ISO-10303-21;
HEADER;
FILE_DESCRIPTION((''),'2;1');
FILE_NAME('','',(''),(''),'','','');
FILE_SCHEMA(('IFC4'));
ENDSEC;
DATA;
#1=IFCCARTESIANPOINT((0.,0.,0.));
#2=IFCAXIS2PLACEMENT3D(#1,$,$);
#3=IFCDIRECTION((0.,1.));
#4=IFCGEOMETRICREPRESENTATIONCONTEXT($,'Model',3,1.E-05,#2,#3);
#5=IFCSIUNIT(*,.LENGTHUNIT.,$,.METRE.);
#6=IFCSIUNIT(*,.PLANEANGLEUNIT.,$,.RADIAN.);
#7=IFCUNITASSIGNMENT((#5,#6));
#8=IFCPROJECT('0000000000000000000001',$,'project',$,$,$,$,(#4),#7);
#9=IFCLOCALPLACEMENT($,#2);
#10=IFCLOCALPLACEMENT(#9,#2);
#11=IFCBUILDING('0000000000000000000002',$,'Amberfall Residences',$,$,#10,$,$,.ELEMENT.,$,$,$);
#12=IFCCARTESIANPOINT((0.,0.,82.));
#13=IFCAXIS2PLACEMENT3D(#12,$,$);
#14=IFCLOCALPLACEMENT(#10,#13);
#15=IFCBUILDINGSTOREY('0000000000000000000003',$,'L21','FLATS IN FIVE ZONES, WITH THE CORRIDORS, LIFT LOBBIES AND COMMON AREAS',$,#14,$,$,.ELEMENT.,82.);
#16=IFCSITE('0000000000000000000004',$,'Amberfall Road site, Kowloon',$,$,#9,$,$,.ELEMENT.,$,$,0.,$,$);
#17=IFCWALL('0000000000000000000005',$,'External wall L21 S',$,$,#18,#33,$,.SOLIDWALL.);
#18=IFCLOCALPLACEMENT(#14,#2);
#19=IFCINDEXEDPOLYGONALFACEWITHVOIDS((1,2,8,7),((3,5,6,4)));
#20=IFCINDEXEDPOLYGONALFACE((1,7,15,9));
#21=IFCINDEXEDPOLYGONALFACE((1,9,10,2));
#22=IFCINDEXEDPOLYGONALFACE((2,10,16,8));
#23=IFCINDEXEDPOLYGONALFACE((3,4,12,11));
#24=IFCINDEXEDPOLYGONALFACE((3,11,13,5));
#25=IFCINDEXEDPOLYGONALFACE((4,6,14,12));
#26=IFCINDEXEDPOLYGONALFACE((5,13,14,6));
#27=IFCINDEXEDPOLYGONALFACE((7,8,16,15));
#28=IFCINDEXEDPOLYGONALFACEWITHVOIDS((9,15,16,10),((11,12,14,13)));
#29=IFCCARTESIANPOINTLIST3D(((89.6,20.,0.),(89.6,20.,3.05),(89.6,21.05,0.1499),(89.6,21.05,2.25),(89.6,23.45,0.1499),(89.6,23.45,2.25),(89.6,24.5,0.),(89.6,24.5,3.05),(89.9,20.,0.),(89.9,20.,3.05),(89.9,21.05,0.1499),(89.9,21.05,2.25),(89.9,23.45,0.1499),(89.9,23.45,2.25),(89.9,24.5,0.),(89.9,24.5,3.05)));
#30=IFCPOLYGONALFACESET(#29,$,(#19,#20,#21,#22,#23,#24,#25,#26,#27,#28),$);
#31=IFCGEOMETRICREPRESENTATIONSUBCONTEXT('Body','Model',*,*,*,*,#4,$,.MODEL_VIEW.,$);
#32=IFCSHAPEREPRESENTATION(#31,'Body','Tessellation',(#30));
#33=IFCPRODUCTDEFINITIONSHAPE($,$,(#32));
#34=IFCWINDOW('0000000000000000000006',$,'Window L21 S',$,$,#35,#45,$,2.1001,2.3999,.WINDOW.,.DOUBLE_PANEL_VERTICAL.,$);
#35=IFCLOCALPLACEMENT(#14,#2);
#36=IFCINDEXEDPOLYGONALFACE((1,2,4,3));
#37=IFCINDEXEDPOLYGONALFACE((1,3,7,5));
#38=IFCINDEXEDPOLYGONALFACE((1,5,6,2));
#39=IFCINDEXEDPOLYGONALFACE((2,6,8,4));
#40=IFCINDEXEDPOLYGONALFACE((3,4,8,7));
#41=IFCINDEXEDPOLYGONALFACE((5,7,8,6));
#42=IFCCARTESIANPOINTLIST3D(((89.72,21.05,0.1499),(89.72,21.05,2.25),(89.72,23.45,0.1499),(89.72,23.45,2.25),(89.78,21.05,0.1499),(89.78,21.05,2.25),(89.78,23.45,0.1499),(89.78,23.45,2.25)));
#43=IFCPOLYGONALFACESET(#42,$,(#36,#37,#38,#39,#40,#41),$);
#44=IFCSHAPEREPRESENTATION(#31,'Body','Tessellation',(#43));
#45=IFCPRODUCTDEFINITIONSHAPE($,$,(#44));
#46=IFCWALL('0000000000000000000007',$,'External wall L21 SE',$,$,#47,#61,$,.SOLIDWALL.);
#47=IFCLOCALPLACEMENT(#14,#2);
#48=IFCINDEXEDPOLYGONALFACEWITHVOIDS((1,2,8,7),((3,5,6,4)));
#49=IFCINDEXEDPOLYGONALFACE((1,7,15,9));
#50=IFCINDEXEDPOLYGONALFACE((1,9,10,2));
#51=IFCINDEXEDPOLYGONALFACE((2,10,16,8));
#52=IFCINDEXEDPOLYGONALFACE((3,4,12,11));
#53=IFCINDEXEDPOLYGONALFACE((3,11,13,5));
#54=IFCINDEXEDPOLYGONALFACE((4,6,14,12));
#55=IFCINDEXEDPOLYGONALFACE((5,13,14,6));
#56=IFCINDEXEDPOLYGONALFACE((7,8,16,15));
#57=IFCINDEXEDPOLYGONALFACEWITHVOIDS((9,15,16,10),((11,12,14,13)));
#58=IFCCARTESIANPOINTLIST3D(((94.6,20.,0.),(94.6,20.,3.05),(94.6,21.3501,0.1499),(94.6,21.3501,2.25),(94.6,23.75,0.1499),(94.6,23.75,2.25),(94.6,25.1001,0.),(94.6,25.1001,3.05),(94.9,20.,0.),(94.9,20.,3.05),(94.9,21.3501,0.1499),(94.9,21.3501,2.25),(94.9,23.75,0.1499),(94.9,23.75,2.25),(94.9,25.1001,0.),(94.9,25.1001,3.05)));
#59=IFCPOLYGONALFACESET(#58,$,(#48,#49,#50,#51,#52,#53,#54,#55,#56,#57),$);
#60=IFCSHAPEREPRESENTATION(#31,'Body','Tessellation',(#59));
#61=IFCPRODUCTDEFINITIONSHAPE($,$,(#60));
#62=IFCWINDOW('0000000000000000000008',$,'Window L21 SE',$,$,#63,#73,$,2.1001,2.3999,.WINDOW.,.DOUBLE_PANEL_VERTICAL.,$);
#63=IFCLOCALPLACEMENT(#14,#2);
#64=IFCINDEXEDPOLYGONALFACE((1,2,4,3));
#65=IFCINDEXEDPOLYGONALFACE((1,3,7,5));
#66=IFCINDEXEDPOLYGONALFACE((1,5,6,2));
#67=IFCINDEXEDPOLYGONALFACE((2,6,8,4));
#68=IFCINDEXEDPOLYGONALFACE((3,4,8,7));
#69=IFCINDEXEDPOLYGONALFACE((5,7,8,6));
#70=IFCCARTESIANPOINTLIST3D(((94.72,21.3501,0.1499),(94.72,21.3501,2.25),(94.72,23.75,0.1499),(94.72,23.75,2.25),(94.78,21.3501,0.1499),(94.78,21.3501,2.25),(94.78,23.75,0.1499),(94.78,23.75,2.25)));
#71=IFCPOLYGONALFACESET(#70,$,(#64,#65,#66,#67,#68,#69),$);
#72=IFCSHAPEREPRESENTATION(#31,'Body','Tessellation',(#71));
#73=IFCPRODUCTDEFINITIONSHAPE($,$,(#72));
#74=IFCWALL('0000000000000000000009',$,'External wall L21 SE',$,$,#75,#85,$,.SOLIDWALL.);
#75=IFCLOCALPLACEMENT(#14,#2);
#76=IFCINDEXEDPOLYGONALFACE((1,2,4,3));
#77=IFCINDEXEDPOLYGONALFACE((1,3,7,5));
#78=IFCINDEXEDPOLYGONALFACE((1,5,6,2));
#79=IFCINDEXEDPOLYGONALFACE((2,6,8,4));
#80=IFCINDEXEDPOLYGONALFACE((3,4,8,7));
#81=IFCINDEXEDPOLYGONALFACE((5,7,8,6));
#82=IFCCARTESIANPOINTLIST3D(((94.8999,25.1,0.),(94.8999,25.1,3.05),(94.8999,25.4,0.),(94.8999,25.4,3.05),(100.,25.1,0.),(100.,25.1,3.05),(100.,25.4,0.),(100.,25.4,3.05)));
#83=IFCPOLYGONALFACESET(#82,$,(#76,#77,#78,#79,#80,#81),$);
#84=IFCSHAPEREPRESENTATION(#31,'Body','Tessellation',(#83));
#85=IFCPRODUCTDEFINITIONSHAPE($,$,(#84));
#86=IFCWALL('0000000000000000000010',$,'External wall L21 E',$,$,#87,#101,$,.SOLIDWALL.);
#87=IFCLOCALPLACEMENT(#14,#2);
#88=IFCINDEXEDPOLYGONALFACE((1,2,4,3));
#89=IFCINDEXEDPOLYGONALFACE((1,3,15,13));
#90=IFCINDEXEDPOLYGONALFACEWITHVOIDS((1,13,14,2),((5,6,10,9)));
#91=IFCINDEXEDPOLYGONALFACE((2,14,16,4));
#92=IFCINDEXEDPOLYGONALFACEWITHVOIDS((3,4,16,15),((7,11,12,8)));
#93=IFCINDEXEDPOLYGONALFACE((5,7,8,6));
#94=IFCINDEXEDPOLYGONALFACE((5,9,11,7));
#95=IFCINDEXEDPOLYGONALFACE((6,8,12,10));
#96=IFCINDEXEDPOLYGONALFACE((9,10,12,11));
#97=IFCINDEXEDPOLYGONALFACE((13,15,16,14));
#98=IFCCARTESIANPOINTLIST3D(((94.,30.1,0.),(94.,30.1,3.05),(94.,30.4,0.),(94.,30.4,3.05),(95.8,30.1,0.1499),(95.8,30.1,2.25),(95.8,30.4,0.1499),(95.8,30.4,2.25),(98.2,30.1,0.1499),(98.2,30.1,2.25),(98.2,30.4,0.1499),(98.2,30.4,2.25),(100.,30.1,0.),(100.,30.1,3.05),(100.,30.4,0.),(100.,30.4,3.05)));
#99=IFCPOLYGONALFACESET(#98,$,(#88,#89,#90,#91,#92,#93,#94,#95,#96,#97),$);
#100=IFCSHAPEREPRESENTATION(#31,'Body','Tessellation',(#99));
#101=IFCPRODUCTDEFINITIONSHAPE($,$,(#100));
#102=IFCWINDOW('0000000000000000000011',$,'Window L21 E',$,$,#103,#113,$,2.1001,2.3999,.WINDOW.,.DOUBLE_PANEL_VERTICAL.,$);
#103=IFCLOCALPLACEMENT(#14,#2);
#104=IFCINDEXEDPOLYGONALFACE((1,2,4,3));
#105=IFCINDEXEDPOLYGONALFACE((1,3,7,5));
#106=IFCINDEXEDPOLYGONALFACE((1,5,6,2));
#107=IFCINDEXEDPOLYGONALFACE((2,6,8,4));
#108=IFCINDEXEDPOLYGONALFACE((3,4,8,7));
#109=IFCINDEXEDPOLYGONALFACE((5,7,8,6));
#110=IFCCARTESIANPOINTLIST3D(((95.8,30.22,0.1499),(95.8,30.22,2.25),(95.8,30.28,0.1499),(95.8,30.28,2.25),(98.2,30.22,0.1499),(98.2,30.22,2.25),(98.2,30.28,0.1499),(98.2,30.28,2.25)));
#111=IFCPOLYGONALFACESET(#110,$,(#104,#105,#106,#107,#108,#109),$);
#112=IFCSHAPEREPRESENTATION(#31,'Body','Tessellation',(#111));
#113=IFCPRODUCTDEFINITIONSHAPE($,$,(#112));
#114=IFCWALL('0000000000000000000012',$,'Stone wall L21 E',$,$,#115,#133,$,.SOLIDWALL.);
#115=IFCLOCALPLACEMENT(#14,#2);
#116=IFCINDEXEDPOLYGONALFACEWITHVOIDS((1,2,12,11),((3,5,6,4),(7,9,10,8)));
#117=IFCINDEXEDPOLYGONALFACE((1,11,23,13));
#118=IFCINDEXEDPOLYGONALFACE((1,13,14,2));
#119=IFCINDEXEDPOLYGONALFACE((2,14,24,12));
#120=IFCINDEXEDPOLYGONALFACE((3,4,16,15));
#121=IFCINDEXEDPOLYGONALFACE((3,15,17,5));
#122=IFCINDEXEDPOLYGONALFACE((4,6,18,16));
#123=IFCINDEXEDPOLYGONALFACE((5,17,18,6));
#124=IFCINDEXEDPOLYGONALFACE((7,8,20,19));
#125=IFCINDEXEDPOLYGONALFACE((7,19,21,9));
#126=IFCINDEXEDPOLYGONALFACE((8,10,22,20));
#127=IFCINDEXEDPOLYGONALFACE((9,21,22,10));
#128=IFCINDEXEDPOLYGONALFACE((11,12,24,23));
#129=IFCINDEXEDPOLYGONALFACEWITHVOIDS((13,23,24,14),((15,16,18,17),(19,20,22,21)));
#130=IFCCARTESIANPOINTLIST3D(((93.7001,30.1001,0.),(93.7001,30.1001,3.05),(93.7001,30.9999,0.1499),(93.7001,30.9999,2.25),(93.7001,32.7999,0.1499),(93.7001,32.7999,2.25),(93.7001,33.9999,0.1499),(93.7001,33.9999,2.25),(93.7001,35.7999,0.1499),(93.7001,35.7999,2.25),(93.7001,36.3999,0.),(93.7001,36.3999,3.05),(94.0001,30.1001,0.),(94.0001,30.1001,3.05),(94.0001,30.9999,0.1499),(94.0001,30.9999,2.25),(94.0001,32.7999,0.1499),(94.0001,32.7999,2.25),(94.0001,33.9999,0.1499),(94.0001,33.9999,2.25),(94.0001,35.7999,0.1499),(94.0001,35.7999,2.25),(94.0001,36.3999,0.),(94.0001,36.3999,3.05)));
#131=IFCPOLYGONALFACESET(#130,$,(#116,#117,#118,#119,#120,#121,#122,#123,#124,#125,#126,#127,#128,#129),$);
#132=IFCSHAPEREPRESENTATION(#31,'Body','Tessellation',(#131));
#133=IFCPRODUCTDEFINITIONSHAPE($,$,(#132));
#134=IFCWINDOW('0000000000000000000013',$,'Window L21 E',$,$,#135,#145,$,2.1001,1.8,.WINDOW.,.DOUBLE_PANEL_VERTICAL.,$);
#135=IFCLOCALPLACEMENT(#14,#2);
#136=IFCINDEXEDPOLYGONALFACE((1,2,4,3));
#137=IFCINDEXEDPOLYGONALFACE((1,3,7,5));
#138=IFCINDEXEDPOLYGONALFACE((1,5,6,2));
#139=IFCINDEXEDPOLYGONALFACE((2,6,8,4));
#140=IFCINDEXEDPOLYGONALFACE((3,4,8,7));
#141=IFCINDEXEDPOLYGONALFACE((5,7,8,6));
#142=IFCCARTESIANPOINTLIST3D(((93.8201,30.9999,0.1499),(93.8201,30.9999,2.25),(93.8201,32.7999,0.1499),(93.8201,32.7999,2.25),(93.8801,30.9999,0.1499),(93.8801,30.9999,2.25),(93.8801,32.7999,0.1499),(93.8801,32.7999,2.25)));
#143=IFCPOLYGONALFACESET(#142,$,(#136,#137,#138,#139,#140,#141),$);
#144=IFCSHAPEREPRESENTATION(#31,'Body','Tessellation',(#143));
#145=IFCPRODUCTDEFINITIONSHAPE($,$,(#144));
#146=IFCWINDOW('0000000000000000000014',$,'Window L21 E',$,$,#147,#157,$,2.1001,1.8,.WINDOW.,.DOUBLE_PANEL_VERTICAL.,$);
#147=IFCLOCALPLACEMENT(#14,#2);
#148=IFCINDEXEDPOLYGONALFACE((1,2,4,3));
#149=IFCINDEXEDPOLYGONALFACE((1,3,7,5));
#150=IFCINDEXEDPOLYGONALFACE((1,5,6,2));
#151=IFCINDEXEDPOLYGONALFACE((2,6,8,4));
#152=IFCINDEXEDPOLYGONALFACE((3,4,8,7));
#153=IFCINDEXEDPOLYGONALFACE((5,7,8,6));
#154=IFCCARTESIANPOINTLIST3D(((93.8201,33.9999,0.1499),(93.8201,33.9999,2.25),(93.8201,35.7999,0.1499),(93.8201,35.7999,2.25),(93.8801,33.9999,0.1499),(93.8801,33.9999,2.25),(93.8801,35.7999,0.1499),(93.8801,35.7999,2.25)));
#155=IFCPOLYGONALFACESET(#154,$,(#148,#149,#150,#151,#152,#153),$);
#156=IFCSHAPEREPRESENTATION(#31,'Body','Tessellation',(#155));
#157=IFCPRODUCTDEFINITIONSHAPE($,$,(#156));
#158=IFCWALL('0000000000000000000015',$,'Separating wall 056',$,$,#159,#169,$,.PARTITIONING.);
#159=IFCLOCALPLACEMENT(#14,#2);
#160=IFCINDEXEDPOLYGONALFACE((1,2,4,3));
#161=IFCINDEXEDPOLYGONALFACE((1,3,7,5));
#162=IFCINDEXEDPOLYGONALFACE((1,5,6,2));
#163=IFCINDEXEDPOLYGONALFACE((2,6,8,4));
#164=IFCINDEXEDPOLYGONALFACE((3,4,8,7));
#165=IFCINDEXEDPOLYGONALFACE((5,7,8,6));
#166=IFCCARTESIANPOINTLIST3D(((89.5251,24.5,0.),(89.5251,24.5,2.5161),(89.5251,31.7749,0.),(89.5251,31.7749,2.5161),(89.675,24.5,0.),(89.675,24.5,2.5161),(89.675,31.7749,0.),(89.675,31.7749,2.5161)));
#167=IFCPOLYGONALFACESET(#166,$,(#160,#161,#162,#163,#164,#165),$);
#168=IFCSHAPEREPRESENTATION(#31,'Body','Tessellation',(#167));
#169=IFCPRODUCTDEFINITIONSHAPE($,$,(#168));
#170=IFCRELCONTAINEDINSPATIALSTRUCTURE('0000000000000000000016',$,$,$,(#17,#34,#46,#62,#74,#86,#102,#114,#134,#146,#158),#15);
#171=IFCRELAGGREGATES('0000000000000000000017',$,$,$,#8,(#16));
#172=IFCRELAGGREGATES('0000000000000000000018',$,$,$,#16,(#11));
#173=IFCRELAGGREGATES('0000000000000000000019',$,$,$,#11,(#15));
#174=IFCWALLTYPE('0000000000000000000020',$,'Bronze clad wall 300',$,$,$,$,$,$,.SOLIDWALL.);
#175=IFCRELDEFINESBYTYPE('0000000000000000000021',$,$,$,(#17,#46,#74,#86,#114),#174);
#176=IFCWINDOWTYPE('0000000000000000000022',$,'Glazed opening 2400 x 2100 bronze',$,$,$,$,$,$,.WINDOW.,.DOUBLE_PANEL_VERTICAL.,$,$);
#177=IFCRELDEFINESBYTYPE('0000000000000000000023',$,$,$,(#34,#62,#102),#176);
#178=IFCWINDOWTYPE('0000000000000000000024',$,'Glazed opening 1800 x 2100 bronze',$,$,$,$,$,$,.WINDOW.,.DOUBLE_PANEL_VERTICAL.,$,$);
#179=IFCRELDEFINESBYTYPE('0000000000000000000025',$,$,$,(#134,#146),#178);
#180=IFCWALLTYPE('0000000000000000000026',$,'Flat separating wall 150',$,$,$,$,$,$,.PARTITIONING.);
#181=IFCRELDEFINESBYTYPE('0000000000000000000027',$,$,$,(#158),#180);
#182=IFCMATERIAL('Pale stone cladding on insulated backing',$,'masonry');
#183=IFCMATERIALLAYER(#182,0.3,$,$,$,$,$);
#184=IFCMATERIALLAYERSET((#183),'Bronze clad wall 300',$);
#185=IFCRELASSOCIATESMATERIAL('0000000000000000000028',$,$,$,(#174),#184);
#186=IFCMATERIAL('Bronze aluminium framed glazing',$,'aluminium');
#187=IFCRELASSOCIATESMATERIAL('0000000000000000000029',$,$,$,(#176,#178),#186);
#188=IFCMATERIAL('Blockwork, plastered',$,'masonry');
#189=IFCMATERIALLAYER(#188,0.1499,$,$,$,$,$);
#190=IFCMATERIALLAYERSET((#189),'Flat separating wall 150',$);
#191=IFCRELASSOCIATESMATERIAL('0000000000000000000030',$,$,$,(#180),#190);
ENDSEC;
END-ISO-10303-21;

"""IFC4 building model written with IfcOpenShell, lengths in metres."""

from ifc_helpers import new_model, si_unit, direction, frame, frame_2d, origin, place, context, subcontext, project, spatial, rectangle, extrude, material, layer, layer_set, type_object, element, fill, save


model = new_model("IFC4")

# Units and contexts
model_context = context("Model", 3, precision=1e-05, world=origin(), true_north=direction((0.0, 1.0)))
body_context = subcontext(model_context, "Body", "Model", "MODEL_VIEW")
ifc_project = project(units=[si_unit("LENGTHUNIT", "METRE"), si_unit("PLANEANGLEUNIT", "RADIAN")], contexts=[model_context])

# Site, building, storey
site_placement = place(None, origin())
site = spatial("IfcSite", under=ifc_project, at=site_placement, Name="Amberfall Road site, Kowloon", CompositionType="ELEMENT", RefElevation=0.0)
building_placement = place(site_placement, origin())
building = spatial("IfcBuilding", under=site, at=building_placement, Name="Amberfall Residences", CompositionType="ELEMENT")
storey_placement = place(building_placement, frame((0.0, 0.0, 82.0)))
storey = spatial("IfcBuildingStorey", under=building, at=storey_placement, Name="L21", Description="FLATS IN FIVE ZONES, WITH THE CORRIDORS, LIFT LOBBIES AND COMMON AREAS", CompositionType="ELEMENT", Elevation=82.0)

# Walls, openings, windows
ifc_material_1 = material(Name="Pale stone cladding on insulated backing", Category="masonry")
ifc_layer_1 = layer(ifc_material_1, 0.3)
ifc_layer_set_1 = layer_set([ifc_layer_1], Name="Bronze clad wall 300")
wall_type_1 = type_object("IfcWallType", Name="Bronze clad wall 300", PredefinedType="SOLIDWALL", material=ifc_layer_set_1)
wall_1_placement = place(storey_placement, frame((89.75, 24.5, 0.0), z_axis=(0.0, 0.0, 1.0), x_axis=(0.0, -1.0, 0.0)))
wall_1 = element("IfcWall", 1, at=wall_1_placement, inside=storey, type_object=wall_type_1, Name="External wall L21 S", PredefinedType="SOLIDWALL", context=body_context, shape_type="SweptSolid", body=[
    extrude(rectangle(XDim=4.5, YDim=0.3, at=frame_2d((2.25, 0.0))), origin(), (0.0, 0.0, 1.0), 3.05),
])
opening_1_placement = place(wall_1_placement, frame((1.05, 0.0, 0.1499)))
opening_1 = element("IfcOpeningElement", 2, at=opening_1_placement, cuts=wall_1, PredefinedType="OPENING", context=body_context, shape_type="SweptSolid", body=[
    extrude(rectangle(XDim=2.3999, YDim=2.1001, at=frame_2d((1.2, 1.05))), frame((0.0, 0.1599, 0.0), z_axis=(0.0, -1.0, 0.0), x_axis=(1.0, 0.0, 0.0)), (0.0, 0.0, 1.0), 0.3201),
])
ifc_material_2 = material(Name="Bronze aluminium framed glazing", Category="aluminium")
window_type_1 = type_object("IfcWindowType", Name="Glazed opening 2400 x 2100 bronze", PartitioningType="DOUBLE_PANEL_VERTICAL", PredefinedType="WINDOW", material=ifc_material_2)
window_1_placement = place(opening_1_placement, origin())
window_1 = element("IfcWindow", 3, at=window_1_placement, inside=storey, type_object=window_type_1, Name="Window L21 S", OverallHeight=2.1001, OverallWidth=2.3999, PartitioningType="DOUBLE_PANEL_VERTICAL", PredefinedType="WINDOW", context=body_context, shape_type="SweptSolid", body=[
    extrude(rectangle(XDim=2.3999, YDim=2.1001, at=frame_2d((1.2, 1.05))), frame((0.0, 0.03, 0.0), z_axis=(0.0, -1.0, 0.0), x_axis=(1.0, 0.0, 0.0)), (0.0, 0.0, 1.0), 0.0601),
])
fill(opening_1, window_1)
wall_2_placement = place(storey_placement, frame((94.75, 20.0, 0.0), z_axis=(0.0, 0.0, 1.0), x_axis=(0.0, 1.0, 0.0)))
wall_2 = element("IfcWall", 4, at=wall_2_placement, inside=storey, type_object=wall_type_1, Name="External wall L21 SE", PredefinedType="SOLIDWALL", context=body_context, shape_type="SweptSolid", body=[
    extrude(rectangle(XDim=5.1001, YDim=0.3, at=frame_2d((2.55, 0.0))), origin(), (0.0, 0.0, 1.0), 3.05),
])
opening_2_placement = place(wall_2_placement, frame((1.3501, 0.0, 0.1499)))
opening_2 = element("IfcOpeningElement", 5, at=opening_2_placement, cuts=wall_2, PredefinedType="OPENING", context=body_context, shape_type="SweptSolid", body=[
    extrude(rectangle(XDim=2.3999, YDim=2.1001, at=frame_2d((1.2, 1.05))), frame((0.0, 0.1599, 0.0), z_axis=(0.0, -1.0, 0.0), x_axis=(1.0, 0.0, 0.0)), (0.0, 0.0, 1.0), 0.3201),
])
window_2_placement = place(opening_2_placement, origin())
window_2 = element("IfcWindow", 6, at=window_2_placement, inside=storey, type_object=window_type_1, Name="Window L21 SE", OverallHeight=2.1001, OverallWidth=2.3999, PartitioningType="DOUBLE_PANEL_VERTICAL", PredefinedType="WINDOW", context=body_context, shape_type="SweptSolid", body=[
    extrude(rectangle(XDim=2.3999, YDim=2.1001, at=frame_2d((1.2, 1.05))), frame((0.0, 0.03, 0.0), z_axis=(0.0, -1.0, 0.0), x_axis=(1.0, 0.0, 0.0)), (0.0, 0.0, 1.0), 0.0601),
])
fill(opening_2, window_2)

# Wall
wall_3_placement = place(storey_placement, frame((94.8999, 25.25, 0.0), z_axis=(0.0, 0.0, 1.0), x_axis=(1.0, 0.0, 0.0)))
element("IfcWall", 7, at=wall_3_placement, inside=storey, type_object=wall_type_1, Name="External wall L21 SE", PredefinedType="SOLIDWALL", context=body_context, shape_type="SweptSolid", body=[
    extrude(rectangle(XDim=5.1001, YDim=0.3, at=frame_2d((2.55, 0.0))), origin(), (0.0, 0.0, 1.0), 3.05),
])

# Wall, opening, window
wall_4_placement = place(storey_placement, frame((100.0, 30.25, 0.0), z_axis=(0.0, 0.0, 1.0), x_axis=(-1.0, 0.0, 0.0)))
wall_4 = element("IfcWall", 8, at=wall_4_placement, inside=storey, type_object=wall_type_1, Name="External wall L21 E", PredefinedType="SOLIDWALL", context=body_context, shape_type="SweptSolid", body=[
    extrude(rectangle(XDim=6.0, YDim=0.3, at=frame_2d((3.0, 0.0))), origin(), (0.0, 0.0, 1.0), 3.05),
])
opening_3_placement = place(wall_4_placement, frame((1.8, 0.0, 0.1499)))
opening_3 = element("IfcOpeningElement", 9, at=opening_3_placement, cuts=wall_4, PredefinedType="OPENING", context=body_context, shape_type="SweptSolid", body=[
    extrude(rectangle(XDim=2.3999, YDim=2.1001, at=frame_2d((1.2, 1.05))), frame((0.0, 0.1599, 0.0), z_axis=(0.0, -1.0, 0.0), x_axis=(1.0, 0.0, 0.0)), (0.0, 0.0, 1.0), 0.3201),
])
window_3_placement = place(opening_3_placement, origin())
window_3 = element("IfcWindow", 10, at=window_3_placement, inside=storey, type_object=window_type_1, Name="Window L21 E", OverallHeight=2.1001, OverallWidth=2.3999, PartitioningType="DOUBLE_PANEL_VERTICAL", PredefinedType="WINDOW", context=body_context, shape_type="SweptSolid", body=[
    extrude(rectangle(XDim=2.3999, YDim=2.1001, at=frame_2d((1.2, 1.05))), frame((0.0, 0.03, 0.0), z_axis=(0.0, -1.0, 0.0), x_axis=(1.0, 0.0, 0.0)), (0.0, 0.0, 1.0), 0.0601),
])
fill(opening_3, window_3)

# Wall, openings, windows
wall_5_placement = place(storey_placement, frame((93.8501, 30.1001, 0.0), z_axis=(0.0, 0.0, 1.0), x_axis=(0.0, 1.0, 0.0)))
wall_5 = element("IfcWall", 11, at=wall_5_placement, inside=storey, type_object=wall_type_1, Name="Stone wall L21 E", PredefinedType="SOLIDWALL", context=body_context, shape_type="SweptSolid", body=[
    extrude(rectangle(XDim=6.2998, YDim=0.3, at=frame_2d((3.1499, 0.0))), origin(), (0.0, 0.0, 1.0), 3.05),
])
opening_4_placement = place(wall_5_placement, frame((0.8999, 0.0, 0.1499)))
opening_4 = element("IfcOpeningElement", 12, at=opening_4_placement, cuts=wall_5, PredefinedType="OPENING", context=body_context, shape_type="SweptSolid", body=[
    extrude(rectangle(XDim=1.8, YDim=2.1001, at=frame_2d((0.8999, 1.05))), frame((0.0, 0.1599, 0.0), z_axis=(0.0, -1.0, 0.0), x_axis=(1.0, 0.0, 0.0)), (0.0, 0.0, 1.0), 0.3201),
])
opening_5_placement = place(wall_5_placement, frame((3.8999, 0.0, 0.1499)))
opening_5 = element("IfcOpeningElement", 13, at=opening_5_placement, cuts=wall_5, PredefinedType="OPENING", context=body_context, shape_type="SweptSolid", body=[
    extrude(rectangle(XDim=1.8, YDim=2.1001, at=frame_2d((0.8999, 1.05))), frame((0.0, 0.1599, 0.0), z_axis=(0.0, -1.0, 0.0), x_axis=(1.0, 0.0, 0.0)), (0.0, 0.0, 1.0), 0.3201),
])
window_type_2 = type_object("IfcWindowType", Name="Glazed opening 1800 x 2100 bronze", PartitioningType="DOUBLE_PANEL_VERTICAL", PredefinedType="WINDOW", material=ifc_material_2)
window_4_placement = place(opening_4_placement, origin())
window_4 = element("IfcWindow", 14, at=window_4_placement, inside=storey, type_object=window_type_2, Name="Window L21 E", OverallHeight=2.1001, OverallWidth=1.8, PartitioningType="DOUBLE_PANEL_VERTICAL", PredefinedType="WINDOW", context=body_context, shape_type="SweptSolid", body=[
    extrude(rectangle(XDim=1.8, YDim=2.1001, at=frame_2d((0.8999, 1.05))), frame((0.0, 0.03, 0.0), z_axis=(0.0, -1.0, 0.0), x_axis=(1.0, 0.0, 0.0)), (0.0, 0.0, 1.0), 0.0601),
])
fill(opening_4, window_4)
window_5_placement = place(opening_5_placement, origin())
window_5 = element("IfcWindow", 15, at=window_5_placement, inside=storey, type_object=window_type_2, Name="Window L21 E", OverallHeight=2.1001, OverallWidth=1.8, PartitioningType="DOUBLE_PANEL_VERTICAL", PredefinedType="WINDOW", context=body_context, shape_type="SweptSolid", body=[
    extrude(rectangle(XDim=1.8, YDim=2.1001, at=frame_2d((0.8999, 1.05))), frame((0.0, 0.03, 0.0), z_axis=(0.0, -1.0, 0.0), x_axis=(1.0, 0.0, 0.0)), (0.0, 0.0, 1.0), 0.0601),
])
fill(opening_5, window_5)

# Wall
ifc_material_3 = material(Name="Blockwork, plastered", Category="masonry")
ifc_layer_2 = layer(ifc_material_3, 0.1499)
ifc_layer_set_2 = layer_set([ifc_layer_2], Name="Flat separating wall 150")
wall_type_2 = type_object("IfcWallType", Name="Flat separating wall 150", PredefinedType="PARTITIONING", material=ifc_layer_set_2)
wall_6_placement = place(storey_placement, frame((89.6001, 24.5, 0.0), z_axis=(0.0, 0.0, 1.0), x_axis=(0.0, 1.0, 0.0)))
element("IfcWall", 16, at=wall_6_placement, inside=storey, type_object=wall_type_2, Name="Separating wall 056", PredefinedType="PARTITIONING", context=body_context, shape_type="SweptSolid", body=[
    extrude(rectangle(XDim=7.2749, YDim=0.1499, at=frame_2d((3.6375, 0.0))), origin(), (0.0, 0.0, 1.0), 2.5161),
])

save(model, "model.ifc")
